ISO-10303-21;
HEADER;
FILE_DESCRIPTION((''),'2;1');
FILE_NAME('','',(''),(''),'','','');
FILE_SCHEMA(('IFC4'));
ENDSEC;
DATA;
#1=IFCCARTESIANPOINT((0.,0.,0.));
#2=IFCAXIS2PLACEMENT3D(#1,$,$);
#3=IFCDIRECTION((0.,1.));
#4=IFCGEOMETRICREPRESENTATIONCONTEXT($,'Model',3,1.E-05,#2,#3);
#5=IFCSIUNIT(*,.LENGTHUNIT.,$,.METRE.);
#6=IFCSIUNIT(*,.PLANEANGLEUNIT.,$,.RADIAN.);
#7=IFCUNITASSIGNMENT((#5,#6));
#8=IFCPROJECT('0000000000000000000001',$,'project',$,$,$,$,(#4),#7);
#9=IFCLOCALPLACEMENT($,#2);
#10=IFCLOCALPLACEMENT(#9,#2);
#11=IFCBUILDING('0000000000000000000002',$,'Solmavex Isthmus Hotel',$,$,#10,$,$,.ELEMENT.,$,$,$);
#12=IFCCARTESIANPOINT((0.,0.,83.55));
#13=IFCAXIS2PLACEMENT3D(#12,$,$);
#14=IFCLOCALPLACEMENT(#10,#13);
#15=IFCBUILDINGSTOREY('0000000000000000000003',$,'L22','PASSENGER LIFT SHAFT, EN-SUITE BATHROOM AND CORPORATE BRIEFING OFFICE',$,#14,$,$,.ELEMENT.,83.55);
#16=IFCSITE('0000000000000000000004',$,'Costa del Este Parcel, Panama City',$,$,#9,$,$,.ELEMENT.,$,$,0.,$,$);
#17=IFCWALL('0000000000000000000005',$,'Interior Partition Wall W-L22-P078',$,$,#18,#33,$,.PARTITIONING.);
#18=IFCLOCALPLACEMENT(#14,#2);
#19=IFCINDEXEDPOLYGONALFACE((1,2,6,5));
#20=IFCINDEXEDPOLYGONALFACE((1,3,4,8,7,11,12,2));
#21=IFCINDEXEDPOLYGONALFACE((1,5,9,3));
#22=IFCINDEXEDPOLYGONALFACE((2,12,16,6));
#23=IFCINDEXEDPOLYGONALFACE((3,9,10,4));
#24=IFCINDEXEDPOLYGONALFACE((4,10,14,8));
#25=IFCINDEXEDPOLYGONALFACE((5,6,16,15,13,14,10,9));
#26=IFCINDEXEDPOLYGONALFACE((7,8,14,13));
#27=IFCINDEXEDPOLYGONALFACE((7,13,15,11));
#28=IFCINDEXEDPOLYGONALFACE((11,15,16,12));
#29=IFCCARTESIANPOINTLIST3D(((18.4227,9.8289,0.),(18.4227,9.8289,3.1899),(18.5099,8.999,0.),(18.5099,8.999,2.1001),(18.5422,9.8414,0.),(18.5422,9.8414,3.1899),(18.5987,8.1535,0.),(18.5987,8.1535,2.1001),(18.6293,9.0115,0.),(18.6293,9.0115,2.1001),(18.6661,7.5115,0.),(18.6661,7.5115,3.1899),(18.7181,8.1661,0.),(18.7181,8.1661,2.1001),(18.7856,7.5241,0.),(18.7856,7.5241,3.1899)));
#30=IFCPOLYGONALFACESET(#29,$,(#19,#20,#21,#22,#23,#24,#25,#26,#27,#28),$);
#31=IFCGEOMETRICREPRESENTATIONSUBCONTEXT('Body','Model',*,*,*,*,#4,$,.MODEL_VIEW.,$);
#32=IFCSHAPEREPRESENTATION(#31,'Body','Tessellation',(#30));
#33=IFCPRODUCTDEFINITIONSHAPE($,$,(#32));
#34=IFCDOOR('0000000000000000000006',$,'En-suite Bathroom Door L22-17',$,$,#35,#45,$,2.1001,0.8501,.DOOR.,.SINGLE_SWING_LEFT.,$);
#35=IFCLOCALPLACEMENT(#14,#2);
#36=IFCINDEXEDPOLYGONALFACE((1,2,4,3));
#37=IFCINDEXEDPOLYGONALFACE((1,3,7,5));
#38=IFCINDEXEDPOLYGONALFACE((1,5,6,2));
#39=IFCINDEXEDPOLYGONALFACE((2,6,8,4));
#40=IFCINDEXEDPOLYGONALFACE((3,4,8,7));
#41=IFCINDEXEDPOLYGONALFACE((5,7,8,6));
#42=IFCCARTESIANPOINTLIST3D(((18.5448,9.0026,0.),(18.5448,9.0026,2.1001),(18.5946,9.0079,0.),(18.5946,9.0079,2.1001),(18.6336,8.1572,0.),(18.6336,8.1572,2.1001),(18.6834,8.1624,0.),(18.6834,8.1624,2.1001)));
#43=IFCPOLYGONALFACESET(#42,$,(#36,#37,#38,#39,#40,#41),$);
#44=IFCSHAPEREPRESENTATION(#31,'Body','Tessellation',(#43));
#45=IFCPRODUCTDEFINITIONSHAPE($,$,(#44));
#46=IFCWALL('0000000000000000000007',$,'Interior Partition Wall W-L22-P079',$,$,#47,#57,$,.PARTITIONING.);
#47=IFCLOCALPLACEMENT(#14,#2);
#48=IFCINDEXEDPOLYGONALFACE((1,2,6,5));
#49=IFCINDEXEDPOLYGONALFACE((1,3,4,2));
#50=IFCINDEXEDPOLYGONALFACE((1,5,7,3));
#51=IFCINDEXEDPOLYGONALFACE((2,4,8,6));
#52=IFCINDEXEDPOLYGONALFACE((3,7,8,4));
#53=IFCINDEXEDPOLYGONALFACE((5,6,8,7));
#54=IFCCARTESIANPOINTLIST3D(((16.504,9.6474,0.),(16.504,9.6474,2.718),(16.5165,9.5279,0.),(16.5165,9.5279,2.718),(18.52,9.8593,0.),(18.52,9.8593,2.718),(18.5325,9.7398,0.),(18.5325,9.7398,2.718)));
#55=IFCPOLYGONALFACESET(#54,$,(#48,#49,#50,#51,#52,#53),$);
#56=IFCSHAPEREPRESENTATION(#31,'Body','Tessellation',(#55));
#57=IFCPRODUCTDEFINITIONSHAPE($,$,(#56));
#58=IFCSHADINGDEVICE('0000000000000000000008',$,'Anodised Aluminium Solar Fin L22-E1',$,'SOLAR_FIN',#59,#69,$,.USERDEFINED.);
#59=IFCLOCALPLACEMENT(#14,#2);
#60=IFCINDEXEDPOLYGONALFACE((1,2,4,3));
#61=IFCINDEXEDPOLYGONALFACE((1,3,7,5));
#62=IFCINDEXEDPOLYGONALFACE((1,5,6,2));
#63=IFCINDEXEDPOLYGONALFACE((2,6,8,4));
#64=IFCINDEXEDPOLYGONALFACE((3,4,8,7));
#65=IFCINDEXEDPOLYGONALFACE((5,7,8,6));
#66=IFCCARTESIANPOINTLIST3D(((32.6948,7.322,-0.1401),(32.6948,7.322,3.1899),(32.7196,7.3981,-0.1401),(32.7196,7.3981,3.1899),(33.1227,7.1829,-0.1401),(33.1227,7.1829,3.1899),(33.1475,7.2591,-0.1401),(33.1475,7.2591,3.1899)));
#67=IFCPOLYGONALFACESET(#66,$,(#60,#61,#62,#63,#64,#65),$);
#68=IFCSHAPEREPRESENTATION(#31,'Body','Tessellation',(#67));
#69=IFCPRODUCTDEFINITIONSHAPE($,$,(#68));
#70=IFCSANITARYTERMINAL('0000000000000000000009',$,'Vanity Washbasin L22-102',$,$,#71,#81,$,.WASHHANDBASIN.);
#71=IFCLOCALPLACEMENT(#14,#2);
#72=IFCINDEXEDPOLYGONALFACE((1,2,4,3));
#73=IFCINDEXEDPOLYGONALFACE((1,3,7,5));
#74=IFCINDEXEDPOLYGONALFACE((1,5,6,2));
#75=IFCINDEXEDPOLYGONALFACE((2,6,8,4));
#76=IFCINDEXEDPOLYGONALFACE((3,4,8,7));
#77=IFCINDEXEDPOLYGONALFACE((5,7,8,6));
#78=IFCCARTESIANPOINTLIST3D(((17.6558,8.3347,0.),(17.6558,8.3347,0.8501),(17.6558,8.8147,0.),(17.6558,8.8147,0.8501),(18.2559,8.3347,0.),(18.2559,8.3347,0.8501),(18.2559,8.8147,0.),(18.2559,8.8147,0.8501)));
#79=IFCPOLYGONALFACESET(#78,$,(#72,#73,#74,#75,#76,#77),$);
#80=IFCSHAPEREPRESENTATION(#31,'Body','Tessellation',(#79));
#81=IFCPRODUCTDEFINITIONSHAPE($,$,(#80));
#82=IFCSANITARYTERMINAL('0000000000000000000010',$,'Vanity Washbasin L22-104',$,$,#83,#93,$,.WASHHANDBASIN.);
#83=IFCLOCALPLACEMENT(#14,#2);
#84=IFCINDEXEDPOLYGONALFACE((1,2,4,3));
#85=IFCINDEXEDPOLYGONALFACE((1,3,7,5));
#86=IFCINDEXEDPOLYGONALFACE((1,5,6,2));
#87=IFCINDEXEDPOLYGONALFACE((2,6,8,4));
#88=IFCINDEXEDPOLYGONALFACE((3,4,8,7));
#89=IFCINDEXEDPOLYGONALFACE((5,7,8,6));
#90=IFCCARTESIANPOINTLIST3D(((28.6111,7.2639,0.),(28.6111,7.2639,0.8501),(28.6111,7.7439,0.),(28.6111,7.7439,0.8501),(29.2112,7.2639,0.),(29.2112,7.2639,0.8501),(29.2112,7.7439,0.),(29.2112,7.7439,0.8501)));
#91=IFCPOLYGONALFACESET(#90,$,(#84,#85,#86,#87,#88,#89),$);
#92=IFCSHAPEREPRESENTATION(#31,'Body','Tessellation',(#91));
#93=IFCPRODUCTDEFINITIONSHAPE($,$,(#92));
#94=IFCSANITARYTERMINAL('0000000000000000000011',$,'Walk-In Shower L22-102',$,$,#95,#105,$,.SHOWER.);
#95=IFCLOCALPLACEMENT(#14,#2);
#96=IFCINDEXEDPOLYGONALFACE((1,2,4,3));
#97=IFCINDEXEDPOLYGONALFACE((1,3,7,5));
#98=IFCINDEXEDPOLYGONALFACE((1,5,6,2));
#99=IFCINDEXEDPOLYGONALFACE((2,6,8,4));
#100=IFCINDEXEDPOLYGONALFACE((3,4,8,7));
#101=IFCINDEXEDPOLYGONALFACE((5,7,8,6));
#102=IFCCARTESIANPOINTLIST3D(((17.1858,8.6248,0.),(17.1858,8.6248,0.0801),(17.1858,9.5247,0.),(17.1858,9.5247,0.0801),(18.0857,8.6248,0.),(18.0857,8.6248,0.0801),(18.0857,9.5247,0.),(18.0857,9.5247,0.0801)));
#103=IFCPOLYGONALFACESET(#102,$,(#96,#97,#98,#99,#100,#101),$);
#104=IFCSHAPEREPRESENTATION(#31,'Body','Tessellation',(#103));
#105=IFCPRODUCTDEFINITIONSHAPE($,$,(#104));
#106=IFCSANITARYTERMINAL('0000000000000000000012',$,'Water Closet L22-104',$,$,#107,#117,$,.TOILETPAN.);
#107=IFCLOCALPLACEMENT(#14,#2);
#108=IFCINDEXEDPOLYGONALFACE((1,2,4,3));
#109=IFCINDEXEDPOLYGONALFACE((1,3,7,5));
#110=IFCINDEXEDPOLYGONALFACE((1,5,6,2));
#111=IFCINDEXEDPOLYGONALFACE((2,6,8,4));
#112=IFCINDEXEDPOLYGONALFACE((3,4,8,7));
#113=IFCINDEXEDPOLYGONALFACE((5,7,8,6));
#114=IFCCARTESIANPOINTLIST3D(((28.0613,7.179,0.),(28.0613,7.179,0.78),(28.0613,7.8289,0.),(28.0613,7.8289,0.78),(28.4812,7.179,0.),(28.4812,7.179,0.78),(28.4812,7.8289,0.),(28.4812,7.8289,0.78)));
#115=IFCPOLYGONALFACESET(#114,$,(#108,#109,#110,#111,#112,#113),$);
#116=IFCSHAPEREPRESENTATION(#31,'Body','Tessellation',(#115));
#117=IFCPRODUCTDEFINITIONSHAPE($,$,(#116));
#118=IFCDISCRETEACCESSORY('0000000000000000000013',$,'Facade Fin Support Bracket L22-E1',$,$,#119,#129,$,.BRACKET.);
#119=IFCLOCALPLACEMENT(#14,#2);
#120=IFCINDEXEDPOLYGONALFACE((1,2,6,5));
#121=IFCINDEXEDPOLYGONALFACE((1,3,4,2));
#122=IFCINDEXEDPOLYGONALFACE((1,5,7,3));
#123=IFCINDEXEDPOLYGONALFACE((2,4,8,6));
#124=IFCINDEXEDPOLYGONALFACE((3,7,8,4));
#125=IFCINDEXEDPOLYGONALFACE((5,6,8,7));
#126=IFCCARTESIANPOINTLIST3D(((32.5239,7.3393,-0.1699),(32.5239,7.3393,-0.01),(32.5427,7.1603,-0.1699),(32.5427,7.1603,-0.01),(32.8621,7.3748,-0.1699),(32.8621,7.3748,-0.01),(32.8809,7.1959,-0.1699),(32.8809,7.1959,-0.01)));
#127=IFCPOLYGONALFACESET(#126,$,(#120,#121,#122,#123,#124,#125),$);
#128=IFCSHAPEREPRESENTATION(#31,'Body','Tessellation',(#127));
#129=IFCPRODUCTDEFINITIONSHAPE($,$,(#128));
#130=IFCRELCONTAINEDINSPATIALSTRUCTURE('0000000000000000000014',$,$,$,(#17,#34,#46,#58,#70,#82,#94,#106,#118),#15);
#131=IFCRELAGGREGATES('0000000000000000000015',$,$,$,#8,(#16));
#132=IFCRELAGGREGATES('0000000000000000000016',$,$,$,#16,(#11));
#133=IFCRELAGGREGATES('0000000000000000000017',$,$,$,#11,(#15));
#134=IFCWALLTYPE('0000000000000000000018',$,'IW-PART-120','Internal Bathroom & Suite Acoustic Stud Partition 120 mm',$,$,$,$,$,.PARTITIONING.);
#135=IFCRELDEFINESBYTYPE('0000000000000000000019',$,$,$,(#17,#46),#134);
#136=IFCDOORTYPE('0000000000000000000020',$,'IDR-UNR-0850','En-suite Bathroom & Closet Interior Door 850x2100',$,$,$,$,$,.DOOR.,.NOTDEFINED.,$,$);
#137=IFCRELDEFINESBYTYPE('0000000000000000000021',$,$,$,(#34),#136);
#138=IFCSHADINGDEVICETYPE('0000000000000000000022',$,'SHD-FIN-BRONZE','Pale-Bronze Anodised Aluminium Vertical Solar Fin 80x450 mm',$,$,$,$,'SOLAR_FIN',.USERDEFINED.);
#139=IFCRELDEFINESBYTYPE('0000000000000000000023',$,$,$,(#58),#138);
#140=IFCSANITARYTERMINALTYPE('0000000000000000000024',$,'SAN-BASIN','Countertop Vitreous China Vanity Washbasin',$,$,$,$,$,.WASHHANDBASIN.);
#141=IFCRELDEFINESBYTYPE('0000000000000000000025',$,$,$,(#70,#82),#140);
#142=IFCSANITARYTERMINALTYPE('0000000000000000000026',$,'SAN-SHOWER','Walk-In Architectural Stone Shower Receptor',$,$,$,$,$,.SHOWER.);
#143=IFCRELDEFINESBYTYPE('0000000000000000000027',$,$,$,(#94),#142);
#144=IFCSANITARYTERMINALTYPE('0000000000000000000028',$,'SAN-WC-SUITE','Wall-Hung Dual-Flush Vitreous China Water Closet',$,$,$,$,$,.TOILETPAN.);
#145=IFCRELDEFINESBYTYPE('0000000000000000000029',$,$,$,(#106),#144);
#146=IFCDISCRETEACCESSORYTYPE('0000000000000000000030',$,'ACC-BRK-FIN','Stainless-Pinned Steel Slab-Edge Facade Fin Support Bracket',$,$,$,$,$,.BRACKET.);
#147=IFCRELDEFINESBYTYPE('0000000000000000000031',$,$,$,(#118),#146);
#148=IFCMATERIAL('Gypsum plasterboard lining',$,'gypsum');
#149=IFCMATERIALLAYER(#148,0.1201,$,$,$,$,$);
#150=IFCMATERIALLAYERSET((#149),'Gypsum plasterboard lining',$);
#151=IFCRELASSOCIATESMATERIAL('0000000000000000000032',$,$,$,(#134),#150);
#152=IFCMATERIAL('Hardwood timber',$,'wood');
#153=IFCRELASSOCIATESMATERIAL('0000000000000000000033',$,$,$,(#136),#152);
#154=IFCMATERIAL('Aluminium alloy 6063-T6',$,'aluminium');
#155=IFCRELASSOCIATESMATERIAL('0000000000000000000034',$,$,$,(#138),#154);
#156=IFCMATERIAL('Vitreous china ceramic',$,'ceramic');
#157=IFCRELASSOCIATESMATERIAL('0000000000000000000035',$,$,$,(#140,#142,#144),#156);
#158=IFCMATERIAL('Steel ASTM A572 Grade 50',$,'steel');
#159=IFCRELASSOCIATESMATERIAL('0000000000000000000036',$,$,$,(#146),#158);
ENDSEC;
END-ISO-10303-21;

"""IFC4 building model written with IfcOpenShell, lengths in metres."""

from ifc_helpers import new_model, si_unit, direction, frame, frame_2d, origin, origin_2d, place, context, subcontext, project, spatial, rectangle, extrude, material, layer, layer_set, type_object, element, fill, save


model = new_model("IFC4")

# Units and contexts
model_context = context("Model", 3, precision=1e-05, world=origin(), true_north=direction((0.0, 1.0)))
body_context = subcontext(model_context, "Body", "Model", "MODEL_VIEW")
ifc_project = project(units=[si_unit("LENGTHUNIT", "METRE"), si_unit("PLANEANGLEUNIT", "RADIAN")], contexts=[model_context])

# Site, building, storey
site_placement = place(None, origin())
site = spatial("IfcSite", under=ifc_project, at=site_placement, Name="Costa del Este Parcel, Panama City", CompositionType="ELEMENT", RefElevation=0.0)
building_placement = place(site_placement, origin())
building = spatial("IfcBuilding", under=site, at=building_placement, Name="Solmavex Isthmus Hotel", CompositionType="ELEMENT")
storey_placement = place(building_placement, frame((0.0, 0.0, 83.55)))
storey = spatial("IfcBuildingStorey", under=building, at=storey_placement, Name="L22", Description="PASSENGER LIFT SHAFT, EN-SUITE BATHROOM AND CORPORATE BRIEFING OFFICE", CompositionType="ELEMENT", Elevation=83.55)

# Shared definitions
ifc_material_1 = material(Name="Aluminium alloy 6063-T6", Category="aluminium")

# Shared definitions
ifc_material_2 = material(Name="Gypsum plasterboard lining", Category="gypsum")

# Wall, opening, door
ifc_material_3 = material(Name="Hardwood timber", Category="wood")
ifc_layer_1 = layer(ifc_material_2, 0.1201)
ifc_layer_set_1 = layer_set([ifc_layer_1], Name="Gypsum plasterboard lining")
wall_type_1 = type_object("IfcWallType", Name="IW-PART-120", Description="Internal Bathroom & Suite Acoustic Stud Partition 120 mm", PredefinedType="PARTITIONING", material=ifc_layer_set_1)
wall_1_placement = place(storey_placement, frame((18.7258, 7.5178, 0.0), z_axis=(0.0, 0.0, 1.0), x_axis=(-0.104461, 0.994529, 0.0)))
wall_1 = element("IfcWall", 1, at=wall_1_placement, inside=storey, type_object=wall_type_1, Name="Interior Partition Wall W-L22-P078", PredefinedType="PARTITIONING", context=body_context, shape_type="SweptSolid", body=[
    extrude(rectangle(XDim=2.3301, YDim=0.1201, at=frame_2d((1.165, 0.0))), origin(), (0.0, 0.0, 1.0), 3.1899),
])
opening_1_placement = place(wall_1_placement, frame((0.6455, 0.0, 0.0)))
opening_1 = element("IfcOpeningElement", 2, at=opening_1_placement, cuts=wall_1, PredefinedType="OPENING", context=body_context, shape_type="SweptSolid", body=[
    extrude(rectangle(XDim=0.8501, YDim=2.1001, at=frame_2d((0.425, 1.05))), frame((0.0, 0.0701, 0.0), z_axis=(0.0, -1.0, 0.0), x_axis=(1.0, 0.0, 0.0)), (0.0, 0.0, 1.0), 0.1401),
])
door_type_1 = type_object("IfcDoorType", Name="IDR-UNR-0850", Description="En-suite Bathroom & Closet Interior Door 850x2100", OperationType="NOTDEFINED", PredefinedType="DOOR", material=ifc_material_3)
door_1_placement = place(opening_1_placement, origin())
door_1 = element("IfcDoor", 3, at=door_1_placement, inside=storey, type_object=door_type_1, Name="En-suite Bathroom Door L22-17", OperationType="SINGLE_SWING_LEFT", OverallHeight=2.1001, OverallWidth=0.8501, PredefinedType="DOOR", context=body_context, shape_type="SweptSolid", body=[
    extrude(rectangle(XDim=0.8501, YDim=2.1001, at=frame_2d((0.425, 1.05))), frame((0.0, 0.0249, 0.0), z_axis=(0.0, -1.0, 0.0), x_axis=(1.0, 0.0, 0.0)), (0.0, 0.0, 1.0), 0.05),
])
fill(opening_1, door_1)

# Wall
wall_2_placement = place(storey_placement, frame((18.5264, 9.7996, 0.0), z_axis=(0.0, 0.0, 1.0), x_axis=(-0.994521, -0.104534, 0.0)))
element("IfcWall", 4, at=wall_2_placement, inside=storey, type_object=wall_type_1, Name="Interior Partition Wall W-L22-P079", PredefinedType="PARTITIONING", context=body_context, shape_type="SweptSolid", body=[
    extrude(rectangle(XDim=2.0271, YDim=0.1201, at=frame_2d((1.0137, 0.0))), origin(), (0.0, 0.0, 1.0), 2.718),
])

# Shading device
shading_device_type = type_object("IfcShadingDeviceType", Name="SHD-FIN-BRONZE", Description="Pale-Bronze Anodised Aluminium Vertical Solar Fin 80x450 mm", ElementType="SOLAR_FIN", PredefinedType="USERDEFINED", material=ifc_material_1)
shading_device_placement = place(storey_placement, frame((32.9211, 7.2905, -0.1401), z_axis=(0.0, 0.0, 1.0), x_axis=(0.951057, -0.309017, 0.0)))
element("IfcShadingDevice", 5, at=shading_device_placement, inside=storey, type_object=shading_device_type, Name="Anodised Aluminium Solar Fin L22-E1", ObjectType="SOLAR_FIN", PredefinedType="USERDEFINED", context=body_context, shape_type="SweptSolid", body=[
    extrude(rectangle(XDim=0.45, YDim=0.0801, at=origin_2d()), origin(), (0.0, 0.0, 1.0), 3.3301),
])

# Sanitary terminals
ifc_material_4 = material(Name="Vitreous china ceramic", Category="ceramic")
sanitary_terminal_type_1 = type_object("IfcSanitaryTerminalType", Name="SAN-BASIN", Description="Countertop Vitreous China Vanity Washbasin", PredefinedType="WASHHANDBASIN", material=ifc_material_4)
for number, where, z_axis, x_axis, name in (
    (6, (17.9558, 8.5747, 0.0), (0.0, 0.0, 1.0), (1.0, 0.0, 0.0), "Vanity Washbasin L22-102"),
    (7, (28.9111, 7.5039, 0.0), (0.0, 0.0, 1.0), (1.0, 0.0, 0.0), "Vanity Washbasin L22-104"),
):
    element("IfcSanitaryTerminal", number, at=place(storey_placement, frame(where, z_axis=z_axis, x_axis=x_axis)), inside=storey, type_object=sanitary_terminal_type_1, Name=name, PredefinedType="WASHHANDBASIN", context=body_context, shape_type="SweptSolid", body=[
        extrude(rectangle(XDim=0.6001, YDim=0.48, at=origin_2d()), origin(), (0.0, 0.0, 1.0), 0.8501),
    ])
sanitary_terminal_type_2 = type_object("IfcSanitaryTerminalType", Name="SAN-SHOWER", Description="Walk-In Architectural Stone Shower Receptor", PredefinedType="SHOWER", material=ifc_material_4)
sanitary_terminal_1_placement = place(storey_placement, frame((17.6357, 9.0747, 0.0), z_axis=(0.0, 0.0, 1.0), x_axis=(1.0, 0.0, 0.0)))
element("IfcSanitaryTerminal", 8, at=sanitary_terminal_1_placement, inside=storey, type_object=sanitary_terminal_type_2, Name="Walk-In Shower L22-102", PredefinedType="SHOWER", context=body_context, shape_type="SweptSolid", body=[
    extrude(rectangle(XDim=0.8999, YDim=0.8999, at=origin_2d()), origin(), (0.0, 0.0, 1.0), 0.0801),
])
sanitary_terminal_type_3 = type_object("IfcSanitaryTerminalType", Name="SAN-WC-SUITE", Description="Wall-Hung Dual-Flush Vitreous China Water Closet", PredefinedType="TOILETPAN", material=ifc_material_4)
sanitary_terminal_2_placement = place(storey_placement, frame((28.2712, 7.5039, 0.0), z_axis=(0.0, 0.0, 1.0), x_axis=(1.0, 0.0, 0.0)))
element("IfcSanitaryTerminal", 9, at=sanitary_terminal_2_placement, inside=storey, type_object=sanitary_terminal_type_3, Name="Water Closet L22-104", PredefinedType="TOILETPAN", context=body_context, shape_type="SweptSolid", body=[
    extrude(rectangle(XDim=0.4199, YDim=0.6499, at=origin_2d()), origin(), (0.0, 0.0, 1.0), 0.78),
])

# Discrete accessory
ifc_material_5 = material(Name="Steel ASTM A572 Grade 50", Category="steel")
discrete_accessory_type = type_object("IfcDiscreteAccessoryType", Name="ACC-BRK-FIN", Description="Stainless-Pinned Steel Slab-Edge Facade Fin Support Bracket", PredefinedType="BRACKET", material=ifc_material_5)
discrete_accessory_placement = place(storey_placement, frame((32.7024, 7.2676, -0.1699), z_axis=(0.0, 0.0, 1.0), x_axis=(0.994522, 0.104528, 0.0)))
element("IfcDiscreteAccessory", 10, at=discrete_accessory_placement, inside=storey, type_object=discrete_accessory_type, Name="Facade Fin Support Bracket L22-E1", PredefinedType="BRACKET", context=body_context, shape_type="SweptSolid", body=[
    extrude(rectangle(XDim=0.3401, YDim=0.1799, at=origin_2d()), origin(), (0.0, 0.0, 1.0), 0.1599),
])

save(model, "model.ifc")
